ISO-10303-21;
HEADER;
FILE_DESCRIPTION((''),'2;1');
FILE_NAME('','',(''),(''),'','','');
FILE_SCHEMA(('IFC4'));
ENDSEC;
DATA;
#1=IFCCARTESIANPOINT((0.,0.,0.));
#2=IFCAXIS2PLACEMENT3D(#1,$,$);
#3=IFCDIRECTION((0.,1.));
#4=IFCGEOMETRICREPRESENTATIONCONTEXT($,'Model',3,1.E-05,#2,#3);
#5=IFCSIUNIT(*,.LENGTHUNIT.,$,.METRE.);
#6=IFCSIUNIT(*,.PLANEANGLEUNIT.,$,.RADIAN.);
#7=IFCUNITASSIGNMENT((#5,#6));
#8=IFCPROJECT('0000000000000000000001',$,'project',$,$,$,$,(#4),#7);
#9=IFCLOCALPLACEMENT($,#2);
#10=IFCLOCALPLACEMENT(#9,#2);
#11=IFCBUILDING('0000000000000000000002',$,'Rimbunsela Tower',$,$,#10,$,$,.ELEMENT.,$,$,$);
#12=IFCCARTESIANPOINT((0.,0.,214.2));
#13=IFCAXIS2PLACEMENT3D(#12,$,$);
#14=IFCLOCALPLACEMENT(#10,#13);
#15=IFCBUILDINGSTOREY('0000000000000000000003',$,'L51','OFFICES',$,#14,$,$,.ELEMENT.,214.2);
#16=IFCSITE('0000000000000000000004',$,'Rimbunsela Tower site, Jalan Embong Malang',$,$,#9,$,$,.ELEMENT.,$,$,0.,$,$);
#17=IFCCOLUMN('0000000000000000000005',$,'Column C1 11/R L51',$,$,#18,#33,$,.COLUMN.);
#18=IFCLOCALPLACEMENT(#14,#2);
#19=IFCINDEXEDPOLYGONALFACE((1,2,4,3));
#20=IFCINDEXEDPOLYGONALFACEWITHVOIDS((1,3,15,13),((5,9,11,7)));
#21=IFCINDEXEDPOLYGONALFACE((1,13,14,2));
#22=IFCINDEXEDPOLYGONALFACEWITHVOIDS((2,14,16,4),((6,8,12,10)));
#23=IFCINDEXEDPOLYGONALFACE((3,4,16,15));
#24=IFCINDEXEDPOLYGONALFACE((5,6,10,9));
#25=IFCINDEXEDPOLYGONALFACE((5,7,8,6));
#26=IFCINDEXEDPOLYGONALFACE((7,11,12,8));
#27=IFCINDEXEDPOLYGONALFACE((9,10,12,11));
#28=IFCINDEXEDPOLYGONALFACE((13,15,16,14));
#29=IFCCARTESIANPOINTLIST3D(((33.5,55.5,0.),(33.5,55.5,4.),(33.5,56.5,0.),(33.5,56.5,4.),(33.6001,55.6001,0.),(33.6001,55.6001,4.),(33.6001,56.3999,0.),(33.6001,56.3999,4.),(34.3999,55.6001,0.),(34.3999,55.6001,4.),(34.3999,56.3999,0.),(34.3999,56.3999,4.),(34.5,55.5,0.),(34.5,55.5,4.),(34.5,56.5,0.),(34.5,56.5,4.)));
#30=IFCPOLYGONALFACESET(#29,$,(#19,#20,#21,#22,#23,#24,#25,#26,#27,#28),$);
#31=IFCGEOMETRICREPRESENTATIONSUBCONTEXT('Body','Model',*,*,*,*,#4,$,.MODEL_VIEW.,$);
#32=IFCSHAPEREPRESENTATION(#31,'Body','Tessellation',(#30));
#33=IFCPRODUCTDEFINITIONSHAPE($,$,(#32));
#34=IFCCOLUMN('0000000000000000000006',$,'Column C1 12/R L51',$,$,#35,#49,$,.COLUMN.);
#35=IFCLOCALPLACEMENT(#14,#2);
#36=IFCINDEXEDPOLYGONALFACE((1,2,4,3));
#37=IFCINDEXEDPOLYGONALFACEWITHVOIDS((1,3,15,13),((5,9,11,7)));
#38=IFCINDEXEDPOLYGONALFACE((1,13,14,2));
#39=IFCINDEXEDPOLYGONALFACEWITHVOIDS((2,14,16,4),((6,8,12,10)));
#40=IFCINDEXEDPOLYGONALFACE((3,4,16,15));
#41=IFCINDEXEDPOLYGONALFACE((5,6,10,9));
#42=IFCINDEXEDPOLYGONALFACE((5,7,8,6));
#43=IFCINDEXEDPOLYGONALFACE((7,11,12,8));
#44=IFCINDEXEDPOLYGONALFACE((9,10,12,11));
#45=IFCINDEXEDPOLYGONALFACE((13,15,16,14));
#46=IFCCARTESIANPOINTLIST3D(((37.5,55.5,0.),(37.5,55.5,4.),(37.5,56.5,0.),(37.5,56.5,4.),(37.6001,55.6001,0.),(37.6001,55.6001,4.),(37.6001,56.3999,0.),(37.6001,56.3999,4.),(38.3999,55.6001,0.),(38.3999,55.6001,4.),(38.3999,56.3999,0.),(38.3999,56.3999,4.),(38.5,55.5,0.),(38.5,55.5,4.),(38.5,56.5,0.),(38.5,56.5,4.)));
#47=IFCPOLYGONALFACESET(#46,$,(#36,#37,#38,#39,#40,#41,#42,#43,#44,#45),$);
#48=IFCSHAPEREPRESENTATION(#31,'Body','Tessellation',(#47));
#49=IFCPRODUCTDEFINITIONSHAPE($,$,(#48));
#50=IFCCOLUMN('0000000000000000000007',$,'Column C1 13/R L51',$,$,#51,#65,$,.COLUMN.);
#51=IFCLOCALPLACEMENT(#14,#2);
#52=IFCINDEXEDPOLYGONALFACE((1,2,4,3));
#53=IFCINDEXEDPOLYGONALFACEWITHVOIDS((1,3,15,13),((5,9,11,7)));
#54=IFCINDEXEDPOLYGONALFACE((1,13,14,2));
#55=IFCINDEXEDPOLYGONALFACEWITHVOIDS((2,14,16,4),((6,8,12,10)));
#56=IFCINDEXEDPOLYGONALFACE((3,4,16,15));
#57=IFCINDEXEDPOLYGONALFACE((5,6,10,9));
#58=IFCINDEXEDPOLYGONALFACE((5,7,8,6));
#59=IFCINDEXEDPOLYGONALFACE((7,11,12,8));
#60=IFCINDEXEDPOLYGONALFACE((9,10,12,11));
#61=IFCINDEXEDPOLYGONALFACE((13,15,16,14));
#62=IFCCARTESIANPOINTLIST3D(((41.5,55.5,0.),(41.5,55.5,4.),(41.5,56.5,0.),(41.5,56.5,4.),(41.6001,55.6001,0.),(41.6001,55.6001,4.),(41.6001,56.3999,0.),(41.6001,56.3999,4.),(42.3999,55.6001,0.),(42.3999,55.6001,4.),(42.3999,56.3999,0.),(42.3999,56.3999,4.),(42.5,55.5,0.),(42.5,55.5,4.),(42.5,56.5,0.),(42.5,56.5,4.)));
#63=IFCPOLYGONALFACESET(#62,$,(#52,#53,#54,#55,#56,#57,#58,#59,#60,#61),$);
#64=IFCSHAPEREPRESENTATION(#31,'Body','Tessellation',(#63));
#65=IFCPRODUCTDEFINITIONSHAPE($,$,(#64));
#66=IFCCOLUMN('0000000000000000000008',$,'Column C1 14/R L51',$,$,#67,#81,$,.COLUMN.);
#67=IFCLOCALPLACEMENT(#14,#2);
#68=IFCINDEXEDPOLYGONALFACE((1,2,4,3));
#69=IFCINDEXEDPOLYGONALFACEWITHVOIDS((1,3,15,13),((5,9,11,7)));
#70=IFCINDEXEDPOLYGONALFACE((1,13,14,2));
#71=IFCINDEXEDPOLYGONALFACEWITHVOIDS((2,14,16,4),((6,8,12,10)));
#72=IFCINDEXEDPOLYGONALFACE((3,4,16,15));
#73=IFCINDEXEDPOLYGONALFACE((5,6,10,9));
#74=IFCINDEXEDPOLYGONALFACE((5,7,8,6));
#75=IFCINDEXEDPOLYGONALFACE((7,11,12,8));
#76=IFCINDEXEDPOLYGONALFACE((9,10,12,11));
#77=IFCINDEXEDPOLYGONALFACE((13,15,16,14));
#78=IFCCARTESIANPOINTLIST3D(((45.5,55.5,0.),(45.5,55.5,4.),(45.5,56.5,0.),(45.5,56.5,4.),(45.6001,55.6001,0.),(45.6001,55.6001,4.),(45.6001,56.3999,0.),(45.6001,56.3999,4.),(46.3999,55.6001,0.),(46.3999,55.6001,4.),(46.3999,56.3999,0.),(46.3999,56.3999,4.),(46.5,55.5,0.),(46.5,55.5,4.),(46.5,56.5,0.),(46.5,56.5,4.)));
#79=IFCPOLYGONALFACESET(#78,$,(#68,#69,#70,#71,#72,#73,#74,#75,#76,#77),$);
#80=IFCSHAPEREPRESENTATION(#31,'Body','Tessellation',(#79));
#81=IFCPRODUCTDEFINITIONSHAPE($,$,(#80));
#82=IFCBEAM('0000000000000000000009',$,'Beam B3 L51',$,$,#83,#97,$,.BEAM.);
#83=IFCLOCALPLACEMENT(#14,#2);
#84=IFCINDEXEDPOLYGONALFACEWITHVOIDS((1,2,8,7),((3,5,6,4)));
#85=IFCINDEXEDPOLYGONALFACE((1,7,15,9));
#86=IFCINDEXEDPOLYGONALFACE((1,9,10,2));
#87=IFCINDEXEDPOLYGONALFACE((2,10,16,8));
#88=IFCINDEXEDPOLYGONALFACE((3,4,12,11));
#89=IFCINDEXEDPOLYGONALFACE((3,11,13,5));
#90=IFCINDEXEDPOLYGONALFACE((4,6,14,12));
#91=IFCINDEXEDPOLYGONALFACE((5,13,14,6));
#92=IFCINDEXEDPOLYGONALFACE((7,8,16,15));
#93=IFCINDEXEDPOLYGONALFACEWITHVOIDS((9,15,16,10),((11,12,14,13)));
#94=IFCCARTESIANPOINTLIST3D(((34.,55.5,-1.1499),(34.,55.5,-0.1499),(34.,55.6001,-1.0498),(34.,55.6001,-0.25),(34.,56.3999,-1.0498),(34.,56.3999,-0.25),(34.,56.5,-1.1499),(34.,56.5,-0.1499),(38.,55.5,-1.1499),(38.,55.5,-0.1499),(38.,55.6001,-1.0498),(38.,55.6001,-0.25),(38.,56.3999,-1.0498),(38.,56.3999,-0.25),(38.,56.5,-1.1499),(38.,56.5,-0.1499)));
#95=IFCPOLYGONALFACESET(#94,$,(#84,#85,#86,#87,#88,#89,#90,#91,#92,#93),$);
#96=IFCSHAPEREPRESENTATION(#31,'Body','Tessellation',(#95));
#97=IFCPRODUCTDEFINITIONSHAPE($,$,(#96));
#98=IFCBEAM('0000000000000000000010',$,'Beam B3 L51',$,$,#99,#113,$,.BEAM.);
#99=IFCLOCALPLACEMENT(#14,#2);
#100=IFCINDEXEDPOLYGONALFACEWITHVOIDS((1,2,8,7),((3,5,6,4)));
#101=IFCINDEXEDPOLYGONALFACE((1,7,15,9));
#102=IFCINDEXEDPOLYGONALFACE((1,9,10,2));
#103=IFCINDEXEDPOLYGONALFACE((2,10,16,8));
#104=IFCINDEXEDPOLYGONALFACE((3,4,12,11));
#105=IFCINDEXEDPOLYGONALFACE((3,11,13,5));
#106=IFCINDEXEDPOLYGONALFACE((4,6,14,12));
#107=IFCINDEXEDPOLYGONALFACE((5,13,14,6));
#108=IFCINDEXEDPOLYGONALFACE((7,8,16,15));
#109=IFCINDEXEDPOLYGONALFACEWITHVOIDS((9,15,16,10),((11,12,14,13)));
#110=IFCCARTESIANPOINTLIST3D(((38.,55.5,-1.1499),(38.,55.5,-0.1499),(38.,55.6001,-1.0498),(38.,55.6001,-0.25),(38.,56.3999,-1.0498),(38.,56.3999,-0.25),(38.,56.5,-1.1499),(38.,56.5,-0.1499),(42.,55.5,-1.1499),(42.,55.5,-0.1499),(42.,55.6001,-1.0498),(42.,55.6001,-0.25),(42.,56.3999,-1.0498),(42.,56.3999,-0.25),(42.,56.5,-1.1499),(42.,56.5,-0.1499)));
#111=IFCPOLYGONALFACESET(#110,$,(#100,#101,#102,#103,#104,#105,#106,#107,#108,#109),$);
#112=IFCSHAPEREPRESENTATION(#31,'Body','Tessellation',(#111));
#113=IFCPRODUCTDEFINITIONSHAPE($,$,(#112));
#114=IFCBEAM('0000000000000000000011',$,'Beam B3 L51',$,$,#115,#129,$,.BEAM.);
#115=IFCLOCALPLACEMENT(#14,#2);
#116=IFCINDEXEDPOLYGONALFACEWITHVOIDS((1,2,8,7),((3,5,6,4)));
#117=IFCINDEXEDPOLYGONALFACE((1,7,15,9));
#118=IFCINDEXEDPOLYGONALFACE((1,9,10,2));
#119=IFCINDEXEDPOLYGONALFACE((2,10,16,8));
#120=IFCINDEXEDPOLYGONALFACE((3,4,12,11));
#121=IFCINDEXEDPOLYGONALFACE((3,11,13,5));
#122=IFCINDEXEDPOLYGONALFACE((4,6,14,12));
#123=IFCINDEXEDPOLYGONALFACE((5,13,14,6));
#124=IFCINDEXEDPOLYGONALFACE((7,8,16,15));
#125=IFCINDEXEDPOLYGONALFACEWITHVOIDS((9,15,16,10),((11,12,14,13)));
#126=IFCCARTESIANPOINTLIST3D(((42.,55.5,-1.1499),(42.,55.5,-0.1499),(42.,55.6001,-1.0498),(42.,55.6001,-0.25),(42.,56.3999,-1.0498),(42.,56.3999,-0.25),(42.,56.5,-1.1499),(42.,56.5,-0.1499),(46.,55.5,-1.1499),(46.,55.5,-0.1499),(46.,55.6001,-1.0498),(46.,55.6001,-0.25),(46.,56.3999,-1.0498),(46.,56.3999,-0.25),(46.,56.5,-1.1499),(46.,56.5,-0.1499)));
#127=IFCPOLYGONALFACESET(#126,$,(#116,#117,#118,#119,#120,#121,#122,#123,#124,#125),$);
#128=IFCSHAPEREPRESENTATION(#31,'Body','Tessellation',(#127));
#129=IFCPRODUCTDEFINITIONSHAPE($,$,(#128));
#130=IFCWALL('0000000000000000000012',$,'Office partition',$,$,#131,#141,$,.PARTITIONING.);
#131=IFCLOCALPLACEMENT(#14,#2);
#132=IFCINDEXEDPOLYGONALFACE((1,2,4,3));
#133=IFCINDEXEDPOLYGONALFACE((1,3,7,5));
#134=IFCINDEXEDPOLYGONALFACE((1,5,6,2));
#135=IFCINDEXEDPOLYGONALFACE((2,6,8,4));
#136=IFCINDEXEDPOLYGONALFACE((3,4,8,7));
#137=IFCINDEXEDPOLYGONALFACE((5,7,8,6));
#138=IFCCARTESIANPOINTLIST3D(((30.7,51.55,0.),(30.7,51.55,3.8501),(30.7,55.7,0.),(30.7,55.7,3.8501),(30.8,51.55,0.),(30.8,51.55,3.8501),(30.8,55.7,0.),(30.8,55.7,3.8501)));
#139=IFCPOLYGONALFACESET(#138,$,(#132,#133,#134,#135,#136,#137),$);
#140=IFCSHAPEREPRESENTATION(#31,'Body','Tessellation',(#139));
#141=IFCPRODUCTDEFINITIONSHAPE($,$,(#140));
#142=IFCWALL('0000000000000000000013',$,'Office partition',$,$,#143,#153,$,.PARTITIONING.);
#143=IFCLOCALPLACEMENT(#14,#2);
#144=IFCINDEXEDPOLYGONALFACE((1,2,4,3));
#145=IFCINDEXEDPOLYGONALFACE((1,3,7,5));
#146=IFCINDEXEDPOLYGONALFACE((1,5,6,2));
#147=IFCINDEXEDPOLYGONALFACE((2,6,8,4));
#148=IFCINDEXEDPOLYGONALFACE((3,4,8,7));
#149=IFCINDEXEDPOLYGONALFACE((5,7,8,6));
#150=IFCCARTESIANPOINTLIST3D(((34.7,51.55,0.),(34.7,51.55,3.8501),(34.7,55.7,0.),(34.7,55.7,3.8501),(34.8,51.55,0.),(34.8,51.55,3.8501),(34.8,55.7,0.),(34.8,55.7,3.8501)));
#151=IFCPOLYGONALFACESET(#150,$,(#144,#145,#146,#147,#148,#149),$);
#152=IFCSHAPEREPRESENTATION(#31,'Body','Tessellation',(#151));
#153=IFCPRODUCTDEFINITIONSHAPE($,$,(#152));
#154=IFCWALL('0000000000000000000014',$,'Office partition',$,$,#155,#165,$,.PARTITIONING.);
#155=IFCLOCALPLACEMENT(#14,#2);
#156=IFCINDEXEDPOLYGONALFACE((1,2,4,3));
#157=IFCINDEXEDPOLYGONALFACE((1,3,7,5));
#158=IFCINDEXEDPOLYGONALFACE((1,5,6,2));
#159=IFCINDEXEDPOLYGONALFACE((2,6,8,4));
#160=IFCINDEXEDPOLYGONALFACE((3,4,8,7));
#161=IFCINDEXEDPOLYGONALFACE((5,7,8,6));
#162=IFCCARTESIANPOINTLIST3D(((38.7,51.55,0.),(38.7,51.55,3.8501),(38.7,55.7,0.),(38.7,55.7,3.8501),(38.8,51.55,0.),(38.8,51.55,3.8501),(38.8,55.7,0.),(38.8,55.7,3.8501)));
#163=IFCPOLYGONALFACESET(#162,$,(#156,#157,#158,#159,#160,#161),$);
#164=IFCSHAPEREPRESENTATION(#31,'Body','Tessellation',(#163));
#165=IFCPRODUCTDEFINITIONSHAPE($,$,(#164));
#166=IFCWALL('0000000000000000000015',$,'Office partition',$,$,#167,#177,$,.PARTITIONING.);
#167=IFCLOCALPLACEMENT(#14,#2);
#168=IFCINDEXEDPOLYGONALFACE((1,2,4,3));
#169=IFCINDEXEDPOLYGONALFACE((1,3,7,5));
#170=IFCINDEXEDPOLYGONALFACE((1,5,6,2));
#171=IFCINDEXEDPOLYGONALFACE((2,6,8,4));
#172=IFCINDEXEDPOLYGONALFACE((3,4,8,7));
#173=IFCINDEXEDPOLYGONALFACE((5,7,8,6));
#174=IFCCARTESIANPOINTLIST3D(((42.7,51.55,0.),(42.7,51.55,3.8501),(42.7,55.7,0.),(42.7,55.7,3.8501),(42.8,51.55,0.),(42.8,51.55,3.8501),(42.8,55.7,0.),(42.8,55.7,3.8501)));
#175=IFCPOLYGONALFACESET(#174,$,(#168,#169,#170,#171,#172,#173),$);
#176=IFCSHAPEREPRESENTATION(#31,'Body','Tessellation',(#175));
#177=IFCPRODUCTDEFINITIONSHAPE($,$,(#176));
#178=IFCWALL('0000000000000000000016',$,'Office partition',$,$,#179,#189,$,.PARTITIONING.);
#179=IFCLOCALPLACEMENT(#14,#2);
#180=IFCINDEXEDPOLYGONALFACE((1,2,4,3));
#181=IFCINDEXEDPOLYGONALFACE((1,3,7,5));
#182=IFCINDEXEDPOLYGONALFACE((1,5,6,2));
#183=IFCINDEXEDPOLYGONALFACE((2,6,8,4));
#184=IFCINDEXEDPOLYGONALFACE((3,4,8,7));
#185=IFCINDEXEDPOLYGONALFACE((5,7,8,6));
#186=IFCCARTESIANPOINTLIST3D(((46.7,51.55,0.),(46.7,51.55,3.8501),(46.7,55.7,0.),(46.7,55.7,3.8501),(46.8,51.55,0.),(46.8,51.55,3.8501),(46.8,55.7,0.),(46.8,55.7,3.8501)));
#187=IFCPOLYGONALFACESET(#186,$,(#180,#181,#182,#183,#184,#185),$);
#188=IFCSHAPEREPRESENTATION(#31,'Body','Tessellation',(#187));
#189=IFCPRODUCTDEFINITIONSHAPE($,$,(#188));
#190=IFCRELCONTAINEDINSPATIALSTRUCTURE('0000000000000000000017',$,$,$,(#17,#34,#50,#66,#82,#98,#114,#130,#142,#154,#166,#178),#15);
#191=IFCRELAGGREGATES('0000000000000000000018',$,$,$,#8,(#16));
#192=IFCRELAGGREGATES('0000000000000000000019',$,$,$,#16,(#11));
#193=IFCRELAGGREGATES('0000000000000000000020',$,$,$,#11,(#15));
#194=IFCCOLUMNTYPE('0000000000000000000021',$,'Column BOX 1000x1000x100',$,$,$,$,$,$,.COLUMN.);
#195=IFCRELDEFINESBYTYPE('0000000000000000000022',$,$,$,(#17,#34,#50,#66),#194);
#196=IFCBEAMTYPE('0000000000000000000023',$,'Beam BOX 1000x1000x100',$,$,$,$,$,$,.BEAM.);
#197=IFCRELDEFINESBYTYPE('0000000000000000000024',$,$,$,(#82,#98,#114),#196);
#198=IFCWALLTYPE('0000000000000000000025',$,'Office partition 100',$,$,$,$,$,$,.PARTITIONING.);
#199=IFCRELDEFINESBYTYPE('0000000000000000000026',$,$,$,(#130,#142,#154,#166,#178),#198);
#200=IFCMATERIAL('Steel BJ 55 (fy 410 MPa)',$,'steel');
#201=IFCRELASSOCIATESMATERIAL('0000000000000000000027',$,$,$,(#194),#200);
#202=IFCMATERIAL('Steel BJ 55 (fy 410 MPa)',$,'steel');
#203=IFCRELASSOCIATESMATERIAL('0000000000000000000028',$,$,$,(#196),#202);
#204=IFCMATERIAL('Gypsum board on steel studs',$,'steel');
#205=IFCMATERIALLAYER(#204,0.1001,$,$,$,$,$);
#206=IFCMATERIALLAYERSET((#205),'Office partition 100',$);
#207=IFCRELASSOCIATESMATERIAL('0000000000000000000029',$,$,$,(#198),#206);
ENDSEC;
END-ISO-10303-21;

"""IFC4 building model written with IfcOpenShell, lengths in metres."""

from ifc_helpers import new_model, si_unit, direction, frame, frame_2d, origin, origin_2d, place, context, subcontext, project, spatial, rectangle, hollow_rectangle, extrude, material, layer, layer_set, material_profile, profile_set, type_object, element, save


model = new_model("IFC4")

# Units and contexts
model_context = context("Model", 3, precision=1e-05, world=origin(), true_north=direction((0.0, 1.0)))
body_context = subcontext(model_context, "Body", "Model", "MODEL_VIEW")
ifc_project = project(units=[si_unit("LENGTHUNIT", "METRE"), si_unit("PLANEANGLEUNIT", "RADIAN")], contexts=[model_context])

# Site, building, storey
site_placement = place(None, origin())
site = spatial("IfcSite", under=ifc_project, at=site_placement, Name="Rimbunsela Tower site, Jalan Embong Malang", CompositionType="ELEMENT", RefElevation=0.0)
building_placement = place(site_placement, origin())
building = spatial("IfcBuilding", under=site, at=building_placement, Name="Rimbunsela Tower", CompositionType="ELEMENT")
storey_placement = place(building_placement, frame((0.0, 0.0, 214.2)))
storey = spatial("IfcBuildingStorey", under=building, at=storey_placement, Name="L51", Description="OFFICES", CompositionType="ELEMENT", Elevation=214.2)

# Columns
ifc_material_1 = material(Name="Steel BJ 55 (fy 410 MPa)", Category="steel")
ifc_material_profile_1 = material_profile(ifc_material_1, hollow_rectangle(XDim=1.0, YDim=1.0, WallThickness=0.1001, at=origin_2d()), Name="BOX 1000x1000x100")
ifc_profile_set_1 = profile_set([ifc_material_profile_1], Name="Steel BJ 55 (fy 410 MPa)")
column_type = type_object("IfcColumnType", Name="Column BOX 1000x1000x100", PredefinedType="COLUMN", material=ifc_profile_set_1)
for number, where, z_axis, x_axis, name in (
    (1, (34.0, 56.0, 0.0), (0.0, 0.0, 1.0), (1.0, 0.0, 0.0), "Column C1 11/R L51"),
    (2, (38.0, 56.0, 0.0), (0.0, 0.0, 1.0), (1.0, 0.0, 0.0), "Column C1 12/R L51"),
    (3, (42.0, 56.0, 0.0), (0.0, 0.0, 1.0), (1.0, 0.0, 0.0), "Column C1 13/R L51"),
    (4, (46.0, 56.0, 0.0), (0.0, 0.0, 1.0), (1.0, 0.0, 0.0), "Column C1 14/R L51"),
):
    element("IfcColumn", number, at=place(storey_placement, frame(where, z_axis=z_axis, x_axis=x_axis)), inside=storey, type_object=column_type, Name=name, PredefinedType="COLUMN", context=body_context, shape_type="SweptSolid", body=[
        extrude(hollow_rectangle(XDim=1.0, YDim=1.0, WallThickness=0.1001, at=origin_2d()), origin(), (0.0, 0.0, 1.0), 4.0),
    ])

# Beams
ifc_material_2 = material(Name="Steel BJ 55 (fy 410 MPa)", Category="steel")
ifc_material_profile_2 = material_profile(ifc_material_2, hollow_rectangle(XDim=1.0, YDim=1.0, WallThickness=0.1001, at=origin_2d()), Name="BOX 1000x1000x100")
ifc_profile_set_2 = profile_set([ifc_material_profile_2], Name="Steel BJ 55 (fy 410 MPa)")
beam_type = type_object("IfcBeamType", Name="Beam BOX 1000x1000x100", PredefinedType="BEAM", material=ifc_profile_set_2)
for number, where, z_axis, x_axis, name in (
    (5, (34.0, 56.0, -0.6499), (1.0, 0.0, 0.0), (0.0, 1.0, 0.0), "Beam B3 L51"),
    (6, (38.0, 56.0, -0.6499), (1.0, 0.0, 0.0), (0.0, 1.0, 0.0), "Beam B3 L51"),
    (7, (42.0, 56.0, -0.6499), (1.0, 0.0, 0.0), (0.0, 1.0, 0.0), "Beam B3 L51"),
):
    element("IfcBeam", number, at=place(storey_placement, frame(where, z_axis=z_axis, x_axis=x_axis)), inside=storey, type_object=beam_type, Name=name, PredefinedType="BEAM", context=body_context, shape_type="SweptSolid", body=[
        extrude(hollow_rectangle(XDim=1.0, YDim=1.0, WallThickness=0.1001, at=origin_2d()), origin(), (0.0, 0.0, 1.0), 4.0),
    ])

# Walls
ifc_material_3 = material(Name="Gypsum board on steel studs", Category="steel")
ifc_layer_1 = layer(ifc_material_3, 0.1001)
ifc_layer_set_1 = layer_set([ifc_layer_1], Name="Office partition 100")
wall_type_1 = type_object("IfcWallType", Name="Office partition 100", PredefinedType="PARTITIONING", material=ifc_layer_set_1)
for number, where, z_axis, x_axis, name in (
    (8, (30.75, 51.55, 0.0), (0.0, 0.0, 1.0), (0.0, 1.0, 0.0), "Office partition"),
    (9, (34.75, 51.55, 0.0), (0.0, 0.0, 1.0), (0.0, 1.0, 0.0), "Office partition"),
    (10, (38.75, 51.55, 0.0), (0.0, 0.0, 1.0), (0.0, 1.0, 0.0), "Office partition"),
    (11, (42.75, 51.55, 0.0), (0.0, 0.0, 1.0), (0.0, 1.0, 0.0), "Office partition"),
    (12, (46.75, 51.55, 0.0), (0.0, 0.0, 1.0), (0.0, 1.0, 0.0), "Office partition"),
):
    element("IfcWall", number, at=place(storey_placement, frame(where, z_axis=z_axis, x_axis=x_axis)), inside=storey, type_object=wall_type_1, Name=name, PredefinedType="PARTITIONING", context=body_context, shape_type="SweptSolid", body=[
        extrude(rectangle(XDim=4.1499, YDim=0.1001, at=frame_2d((2.075, 0.0))), origin(), (0.0, 0.0, 1.0), 3.8501),
    ])

save(model, "model.ifc")
